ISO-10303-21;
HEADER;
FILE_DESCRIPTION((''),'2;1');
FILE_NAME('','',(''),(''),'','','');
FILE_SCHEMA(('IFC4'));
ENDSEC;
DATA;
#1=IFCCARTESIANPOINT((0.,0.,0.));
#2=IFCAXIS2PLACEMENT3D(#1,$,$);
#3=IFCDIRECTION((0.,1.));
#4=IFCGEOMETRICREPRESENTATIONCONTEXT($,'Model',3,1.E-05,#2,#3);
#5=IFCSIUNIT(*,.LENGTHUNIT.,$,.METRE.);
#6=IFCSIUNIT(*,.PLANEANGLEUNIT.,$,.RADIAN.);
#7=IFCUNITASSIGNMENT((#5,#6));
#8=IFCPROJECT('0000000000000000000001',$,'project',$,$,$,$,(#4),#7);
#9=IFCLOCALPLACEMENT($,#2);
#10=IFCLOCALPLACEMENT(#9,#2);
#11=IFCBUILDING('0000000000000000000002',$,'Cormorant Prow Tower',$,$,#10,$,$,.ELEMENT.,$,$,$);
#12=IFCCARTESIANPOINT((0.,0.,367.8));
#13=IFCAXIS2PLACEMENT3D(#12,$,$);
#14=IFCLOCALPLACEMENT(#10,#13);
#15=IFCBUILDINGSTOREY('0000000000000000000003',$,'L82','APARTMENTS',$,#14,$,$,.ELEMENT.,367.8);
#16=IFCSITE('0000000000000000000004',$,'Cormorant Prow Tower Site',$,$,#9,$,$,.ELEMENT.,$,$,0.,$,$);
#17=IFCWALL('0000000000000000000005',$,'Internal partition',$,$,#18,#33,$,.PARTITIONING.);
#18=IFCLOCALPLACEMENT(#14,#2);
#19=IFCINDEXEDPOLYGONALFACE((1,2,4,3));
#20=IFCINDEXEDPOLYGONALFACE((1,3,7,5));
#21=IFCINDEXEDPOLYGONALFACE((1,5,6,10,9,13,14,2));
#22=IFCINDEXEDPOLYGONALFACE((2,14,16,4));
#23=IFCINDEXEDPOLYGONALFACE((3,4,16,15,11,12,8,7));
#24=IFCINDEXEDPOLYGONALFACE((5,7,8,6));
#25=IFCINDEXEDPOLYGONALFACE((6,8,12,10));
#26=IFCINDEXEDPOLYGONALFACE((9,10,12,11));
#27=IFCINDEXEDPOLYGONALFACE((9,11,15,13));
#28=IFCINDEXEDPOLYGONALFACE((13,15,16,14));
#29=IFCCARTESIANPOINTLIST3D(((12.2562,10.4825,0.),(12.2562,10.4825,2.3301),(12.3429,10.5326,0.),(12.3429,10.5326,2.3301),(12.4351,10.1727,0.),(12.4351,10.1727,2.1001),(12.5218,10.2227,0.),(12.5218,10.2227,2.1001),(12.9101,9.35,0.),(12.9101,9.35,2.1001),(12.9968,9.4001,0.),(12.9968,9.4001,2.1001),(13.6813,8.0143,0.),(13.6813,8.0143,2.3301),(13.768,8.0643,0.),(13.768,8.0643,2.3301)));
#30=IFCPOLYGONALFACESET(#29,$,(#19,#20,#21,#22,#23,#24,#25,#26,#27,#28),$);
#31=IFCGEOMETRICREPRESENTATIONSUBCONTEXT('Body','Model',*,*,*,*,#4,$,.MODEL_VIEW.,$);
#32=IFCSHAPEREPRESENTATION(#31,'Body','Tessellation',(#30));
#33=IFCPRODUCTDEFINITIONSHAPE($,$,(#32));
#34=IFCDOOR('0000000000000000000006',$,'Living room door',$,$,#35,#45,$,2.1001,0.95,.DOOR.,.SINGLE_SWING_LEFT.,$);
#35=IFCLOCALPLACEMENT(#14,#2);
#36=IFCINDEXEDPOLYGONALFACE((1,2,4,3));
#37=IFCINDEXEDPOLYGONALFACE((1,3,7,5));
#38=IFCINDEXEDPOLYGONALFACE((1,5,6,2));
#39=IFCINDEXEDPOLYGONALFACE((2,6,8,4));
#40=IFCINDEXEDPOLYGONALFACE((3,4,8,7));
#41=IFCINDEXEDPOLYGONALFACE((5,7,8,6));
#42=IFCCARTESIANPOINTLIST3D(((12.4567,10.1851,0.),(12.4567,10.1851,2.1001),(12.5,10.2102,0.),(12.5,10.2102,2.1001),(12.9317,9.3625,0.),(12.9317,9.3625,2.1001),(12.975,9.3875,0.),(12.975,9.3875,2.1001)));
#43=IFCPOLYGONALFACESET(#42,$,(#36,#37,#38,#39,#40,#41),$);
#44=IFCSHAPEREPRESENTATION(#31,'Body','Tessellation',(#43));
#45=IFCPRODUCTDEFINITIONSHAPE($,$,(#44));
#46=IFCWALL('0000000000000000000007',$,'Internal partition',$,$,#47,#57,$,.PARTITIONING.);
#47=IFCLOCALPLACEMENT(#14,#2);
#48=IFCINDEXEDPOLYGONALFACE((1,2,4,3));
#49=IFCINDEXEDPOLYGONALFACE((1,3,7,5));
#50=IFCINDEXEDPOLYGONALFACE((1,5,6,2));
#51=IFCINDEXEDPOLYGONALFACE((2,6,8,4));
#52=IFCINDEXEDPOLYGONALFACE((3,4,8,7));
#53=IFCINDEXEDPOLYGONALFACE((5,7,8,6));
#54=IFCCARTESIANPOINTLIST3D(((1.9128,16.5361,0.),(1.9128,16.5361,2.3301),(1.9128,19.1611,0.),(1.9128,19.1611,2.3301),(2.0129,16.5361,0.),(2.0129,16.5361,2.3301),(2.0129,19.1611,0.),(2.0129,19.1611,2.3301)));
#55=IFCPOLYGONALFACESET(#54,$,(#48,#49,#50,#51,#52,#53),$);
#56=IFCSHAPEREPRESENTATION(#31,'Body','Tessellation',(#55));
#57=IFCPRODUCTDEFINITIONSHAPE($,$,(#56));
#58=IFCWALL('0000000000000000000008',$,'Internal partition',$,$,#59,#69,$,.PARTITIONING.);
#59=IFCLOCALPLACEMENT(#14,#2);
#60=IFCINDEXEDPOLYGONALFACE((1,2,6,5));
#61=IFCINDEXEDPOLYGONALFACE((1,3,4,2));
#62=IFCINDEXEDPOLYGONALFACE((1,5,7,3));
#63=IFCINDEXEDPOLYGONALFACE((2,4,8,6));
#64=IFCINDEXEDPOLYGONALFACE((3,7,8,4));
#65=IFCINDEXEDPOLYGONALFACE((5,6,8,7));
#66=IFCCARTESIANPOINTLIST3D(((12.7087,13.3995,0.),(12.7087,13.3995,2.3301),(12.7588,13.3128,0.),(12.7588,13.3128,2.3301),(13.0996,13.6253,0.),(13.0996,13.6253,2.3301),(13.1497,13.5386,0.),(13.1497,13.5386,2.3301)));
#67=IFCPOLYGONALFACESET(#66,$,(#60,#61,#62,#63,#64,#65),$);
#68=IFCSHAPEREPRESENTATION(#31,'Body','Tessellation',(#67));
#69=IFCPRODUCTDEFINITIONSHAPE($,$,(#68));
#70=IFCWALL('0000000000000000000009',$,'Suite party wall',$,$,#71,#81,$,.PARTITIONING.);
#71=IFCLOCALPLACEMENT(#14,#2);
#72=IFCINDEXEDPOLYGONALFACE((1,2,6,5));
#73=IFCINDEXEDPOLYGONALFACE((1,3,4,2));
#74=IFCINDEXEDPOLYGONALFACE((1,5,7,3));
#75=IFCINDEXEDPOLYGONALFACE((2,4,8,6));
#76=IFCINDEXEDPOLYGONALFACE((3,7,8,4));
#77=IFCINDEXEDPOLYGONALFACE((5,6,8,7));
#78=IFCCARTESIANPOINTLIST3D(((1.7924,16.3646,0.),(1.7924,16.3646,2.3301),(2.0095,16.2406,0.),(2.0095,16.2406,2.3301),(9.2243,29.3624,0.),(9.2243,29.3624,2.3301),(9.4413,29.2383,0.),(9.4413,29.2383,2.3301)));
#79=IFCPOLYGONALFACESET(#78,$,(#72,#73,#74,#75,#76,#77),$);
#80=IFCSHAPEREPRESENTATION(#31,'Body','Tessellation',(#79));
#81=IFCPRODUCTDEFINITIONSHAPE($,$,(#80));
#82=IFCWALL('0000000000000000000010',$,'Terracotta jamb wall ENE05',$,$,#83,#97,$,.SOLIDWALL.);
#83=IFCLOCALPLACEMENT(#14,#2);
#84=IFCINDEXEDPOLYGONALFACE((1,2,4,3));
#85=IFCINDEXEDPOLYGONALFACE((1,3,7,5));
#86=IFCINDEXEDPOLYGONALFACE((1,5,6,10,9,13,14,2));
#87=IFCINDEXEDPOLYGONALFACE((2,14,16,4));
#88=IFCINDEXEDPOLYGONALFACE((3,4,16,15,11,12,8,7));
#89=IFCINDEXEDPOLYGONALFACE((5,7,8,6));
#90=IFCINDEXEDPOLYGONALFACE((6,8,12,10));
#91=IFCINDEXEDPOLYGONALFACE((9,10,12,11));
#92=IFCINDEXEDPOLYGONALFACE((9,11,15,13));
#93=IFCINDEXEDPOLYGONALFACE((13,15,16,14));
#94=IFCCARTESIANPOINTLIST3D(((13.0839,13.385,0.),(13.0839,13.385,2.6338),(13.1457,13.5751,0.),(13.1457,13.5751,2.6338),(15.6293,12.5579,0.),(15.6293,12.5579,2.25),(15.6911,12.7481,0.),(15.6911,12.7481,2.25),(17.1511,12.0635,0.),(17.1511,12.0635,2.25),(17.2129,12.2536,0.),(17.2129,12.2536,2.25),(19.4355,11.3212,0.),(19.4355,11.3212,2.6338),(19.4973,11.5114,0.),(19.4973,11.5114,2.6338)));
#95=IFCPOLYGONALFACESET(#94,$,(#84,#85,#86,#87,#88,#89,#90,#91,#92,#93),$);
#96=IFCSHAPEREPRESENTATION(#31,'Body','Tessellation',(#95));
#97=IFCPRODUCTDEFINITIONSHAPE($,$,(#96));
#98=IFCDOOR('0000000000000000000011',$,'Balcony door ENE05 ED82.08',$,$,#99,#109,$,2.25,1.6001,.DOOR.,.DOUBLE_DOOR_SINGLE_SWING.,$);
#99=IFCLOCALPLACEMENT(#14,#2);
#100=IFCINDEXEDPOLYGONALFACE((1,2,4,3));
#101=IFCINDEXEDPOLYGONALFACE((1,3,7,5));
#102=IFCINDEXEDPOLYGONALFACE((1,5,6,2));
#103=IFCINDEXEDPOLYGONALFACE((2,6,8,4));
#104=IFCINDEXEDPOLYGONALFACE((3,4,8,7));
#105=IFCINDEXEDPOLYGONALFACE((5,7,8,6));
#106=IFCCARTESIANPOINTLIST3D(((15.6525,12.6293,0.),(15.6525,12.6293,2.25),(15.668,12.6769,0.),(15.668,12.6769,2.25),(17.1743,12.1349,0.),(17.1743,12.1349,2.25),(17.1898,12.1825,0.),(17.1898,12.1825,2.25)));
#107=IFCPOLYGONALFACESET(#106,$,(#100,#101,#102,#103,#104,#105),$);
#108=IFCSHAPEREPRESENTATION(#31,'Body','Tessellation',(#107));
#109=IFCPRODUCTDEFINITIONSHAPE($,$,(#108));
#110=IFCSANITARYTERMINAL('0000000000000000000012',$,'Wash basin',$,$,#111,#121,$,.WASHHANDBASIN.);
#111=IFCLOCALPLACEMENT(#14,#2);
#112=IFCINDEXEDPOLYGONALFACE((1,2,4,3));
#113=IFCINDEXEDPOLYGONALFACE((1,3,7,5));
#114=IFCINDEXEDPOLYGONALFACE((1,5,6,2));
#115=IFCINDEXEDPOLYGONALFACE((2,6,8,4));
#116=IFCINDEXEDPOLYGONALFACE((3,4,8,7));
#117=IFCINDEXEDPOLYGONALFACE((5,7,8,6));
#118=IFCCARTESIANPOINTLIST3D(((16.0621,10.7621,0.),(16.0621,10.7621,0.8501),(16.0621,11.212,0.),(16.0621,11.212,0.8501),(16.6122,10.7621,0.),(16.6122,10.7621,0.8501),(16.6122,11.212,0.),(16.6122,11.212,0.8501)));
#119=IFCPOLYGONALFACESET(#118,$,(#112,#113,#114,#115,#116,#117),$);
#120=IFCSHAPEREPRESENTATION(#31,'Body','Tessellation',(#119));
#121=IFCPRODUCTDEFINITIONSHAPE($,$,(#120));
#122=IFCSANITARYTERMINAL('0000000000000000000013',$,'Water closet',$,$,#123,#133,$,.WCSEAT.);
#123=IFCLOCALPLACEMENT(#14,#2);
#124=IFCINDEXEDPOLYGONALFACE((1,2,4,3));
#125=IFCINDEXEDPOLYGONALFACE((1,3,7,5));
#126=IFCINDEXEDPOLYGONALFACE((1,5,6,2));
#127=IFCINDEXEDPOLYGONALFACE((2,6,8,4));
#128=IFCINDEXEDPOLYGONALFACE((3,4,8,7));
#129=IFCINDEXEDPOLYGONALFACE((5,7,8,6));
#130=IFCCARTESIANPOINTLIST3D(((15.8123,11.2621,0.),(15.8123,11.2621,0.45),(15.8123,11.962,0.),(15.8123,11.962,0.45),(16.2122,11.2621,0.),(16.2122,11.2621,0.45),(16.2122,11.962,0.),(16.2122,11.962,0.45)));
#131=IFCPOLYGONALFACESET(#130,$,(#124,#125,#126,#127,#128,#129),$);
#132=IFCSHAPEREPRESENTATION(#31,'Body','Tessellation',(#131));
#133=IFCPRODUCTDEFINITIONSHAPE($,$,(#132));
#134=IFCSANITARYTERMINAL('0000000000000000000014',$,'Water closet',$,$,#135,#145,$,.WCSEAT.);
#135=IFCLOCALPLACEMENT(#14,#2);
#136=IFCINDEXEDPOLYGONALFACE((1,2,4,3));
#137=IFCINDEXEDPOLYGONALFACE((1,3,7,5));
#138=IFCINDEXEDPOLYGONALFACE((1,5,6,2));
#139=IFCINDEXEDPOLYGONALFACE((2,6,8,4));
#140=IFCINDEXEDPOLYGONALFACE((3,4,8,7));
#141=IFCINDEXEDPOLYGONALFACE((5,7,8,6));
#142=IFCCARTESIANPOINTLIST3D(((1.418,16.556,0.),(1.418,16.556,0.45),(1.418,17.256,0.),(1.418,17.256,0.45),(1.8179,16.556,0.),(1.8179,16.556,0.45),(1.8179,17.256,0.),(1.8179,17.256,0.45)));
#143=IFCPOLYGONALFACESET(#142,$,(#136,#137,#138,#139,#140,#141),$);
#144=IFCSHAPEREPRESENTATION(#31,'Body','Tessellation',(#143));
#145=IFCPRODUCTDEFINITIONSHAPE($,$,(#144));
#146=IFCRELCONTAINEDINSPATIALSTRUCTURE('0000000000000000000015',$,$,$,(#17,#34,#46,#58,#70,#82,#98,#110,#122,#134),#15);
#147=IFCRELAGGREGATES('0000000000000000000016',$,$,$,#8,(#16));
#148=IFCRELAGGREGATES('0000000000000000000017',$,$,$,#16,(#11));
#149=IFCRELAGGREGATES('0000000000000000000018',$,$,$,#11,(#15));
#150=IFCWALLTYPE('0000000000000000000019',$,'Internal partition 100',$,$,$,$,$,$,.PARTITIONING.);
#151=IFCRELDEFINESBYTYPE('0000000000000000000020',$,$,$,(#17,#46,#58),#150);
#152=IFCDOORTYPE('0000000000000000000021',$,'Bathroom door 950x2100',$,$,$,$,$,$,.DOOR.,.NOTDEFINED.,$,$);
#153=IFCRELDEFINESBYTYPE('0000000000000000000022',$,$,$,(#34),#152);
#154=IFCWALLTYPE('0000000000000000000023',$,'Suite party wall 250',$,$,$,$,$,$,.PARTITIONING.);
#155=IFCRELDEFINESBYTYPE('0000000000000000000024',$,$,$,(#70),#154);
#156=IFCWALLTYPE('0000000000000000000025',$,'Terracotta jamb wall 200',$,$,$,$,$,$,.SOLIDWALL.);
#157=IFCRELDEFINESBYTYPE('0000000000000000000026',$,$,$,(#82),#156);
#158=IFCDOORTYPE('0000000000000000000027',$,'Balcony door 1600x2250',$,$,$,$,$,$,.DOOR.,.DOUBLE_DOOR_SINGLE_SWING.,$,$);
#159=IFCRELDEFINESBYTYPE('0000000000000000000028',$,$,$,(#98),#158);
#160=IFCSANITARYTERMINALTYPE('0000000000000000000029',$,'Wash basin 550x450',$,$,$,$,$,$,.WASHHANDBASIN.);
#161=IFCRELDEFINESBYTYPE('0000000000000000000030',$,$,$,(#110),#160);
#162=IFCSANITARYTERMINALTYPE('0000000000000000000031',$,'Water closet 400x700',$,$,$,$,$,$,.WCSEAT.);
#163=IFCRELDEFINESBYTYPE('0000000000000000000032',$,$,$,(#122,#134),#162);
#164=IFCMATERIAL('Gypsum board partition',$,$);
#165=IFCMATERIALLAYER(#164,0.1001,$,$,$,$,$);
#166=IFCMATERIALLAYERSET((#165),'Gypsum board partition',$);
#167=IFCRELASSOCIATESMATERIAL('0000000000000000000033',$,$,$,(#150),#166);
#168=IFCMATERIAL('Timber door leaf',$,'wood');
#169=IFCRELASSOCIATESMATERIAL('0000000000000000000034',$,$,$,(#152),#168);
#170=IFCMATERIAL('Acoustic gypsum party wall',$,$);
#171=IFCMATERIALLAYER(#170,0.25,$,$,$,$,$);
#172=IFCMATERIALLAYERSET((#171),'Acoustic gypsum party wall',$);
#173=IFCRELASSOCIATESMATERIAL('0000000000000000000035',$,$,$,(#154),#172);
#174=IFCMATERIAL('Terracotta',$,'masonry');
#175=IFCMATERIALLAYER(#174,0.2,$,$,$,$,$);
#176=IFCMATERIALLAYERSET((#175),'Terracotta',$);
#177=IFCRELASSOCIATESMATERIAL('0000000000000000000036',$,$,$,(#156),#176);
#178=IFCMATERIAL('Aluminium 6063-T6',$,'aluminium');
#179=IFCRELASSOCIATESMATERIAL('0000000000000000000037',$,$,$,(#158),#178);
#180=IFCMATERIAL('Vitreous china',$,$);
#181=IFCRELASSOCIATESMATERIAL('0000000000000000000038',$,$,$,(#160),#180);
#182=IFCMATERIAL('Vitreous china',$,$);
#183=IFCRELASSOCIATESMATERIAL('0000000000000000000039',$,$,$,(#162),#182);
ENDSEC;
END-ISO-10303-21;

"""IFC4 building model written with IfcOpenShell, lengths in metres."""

from ifc_helpers import new_model, si_unit, direction, frame, frame_2d, origin, origin_2d, place, context, subcontext, project, spatial, rectangle, extrude, material, layer, layer_set, type_object, element, fill, save


model = new_model("IFC4")

# Units and contexts
model_context = context("Model", 3, precision=1e-05, world=origin(), true_north=direction((0.0, 1.0)))
body_context = subcontext(model_context, "Body", "Model", "MODEL_VIEW")
ifc_project = project(units=[si_unit("LENGTHUNIT", "METRE"), si_unit("PLANEANGLEUNIT", "RADIAN")], contexts=[model_context])

# Site, building, storey
site_placement = place(None, origin())
site = spatial("IfcSite", under=ifc_project, at=site_placement, Name="Cormorant Prow Tower Site", CompositionType="ELEMENT", RefElevation=0.0)
building_placement = place(site_placement, origin())
building = spatial("IfcBuilding", under=site, at=building_placement, Name="Cormorant Prow Tower", CompositionType="ELEMENT")
storey_placement = place(building_placement, frame((0.0, 0.0, 367.8)))
storey = spatial("IfcBuildingStorey", under=building, at=storey_placement, Name="L82", Description="APARTMENTS", CompositionType="ELEMENT", Elevation=367.8)

# Wall, opening, door
ifc_material_1 = material(Name="Gypsum board partition")
ifc_layer_1 = layer(ifc_material_1, 0.1001)
ifc_layer_set_1 = layer_set([ifc_layer_1], Name="Gypsum board partition")
wall_type_1 = type_object("IfcWallType", Name="Internal partition 100", PredefinedType="PARTITIONING", material=ifc_layer_set_1)
ifc_material_2 = material(Name="Timber door leaf", Category="wood")
door_type_1 = type_object("IfcDoorType", Name="Bathroom door 950x2100", OperationType="NOTDEFINED", PredefinedType="DOOR", material=ifc_material_2)
wall_1_placement = place(storey_placement, frame((12.2996, 10.5076, 0.0), z_axis=(0.0, 0.0, 1.0), x_axis=(0.499999, -0.866026, 0.0)))
wall_1 = element("IfcWall", 1, at=wall_1_placement, inside=storey, type_object=wall_type_1, Name="Internal partition", PredefinedType="PARTITIONING", context=body_context, shape_type="SweptSolid", body=[
    extrude(rectangle(XDim=2.8501, YDim=0.1001, at=frame_2d((1.425, 0.0))), origin(), (0.0, 0.0, 1.0), 2.3301),
])
opening_1_placement = place(wall_1_placement, frame((0.3577, 0.0, 0.0)))
opening_1 = element("IfcOpeningElement", 2, at=opening_1_placement, cuts=wall_1, PredefinedType="OPENING", context=body_context, shape_type="SweptSolid", body=[
    extrude(rectangle(XDim=0.95, YDim=2.1001, at=frame_2d((0.4751, 1.05))), frame((0.0, 0.0601, 0.0), z_axis=(0.0, -1.0, 0.0), x_axis=(1.0, 0.0, 0.0)), (0.0, 0.0, 1.0), 0.1201),
])
door_1_placement = place(opening_1_placement, origin())
door_1 = element("IfcDoor", 3, at=door_1_placement, inside=storey, type_object=door_type_1, Name="Living room door", OperationType="SINGLE_SWING_LEFT", OverallHeight=2.1001, OverallWidth=0.95, PredefinedType="DOOR", context=body_context, shape_type="SweptSolid", body=[
    extrude(rectangle(XDim=0.95, YDim=2.1001, at=frame_2d((0.4751, 1.05))), frame((0.0, 0.0249, 0.0), z_axis=(0.0, -1.0, 0.0), x_axis=(1.0, 0.0, 0.0)), (0.0, 0.0, 1.0), 0.05),
])
fill(opening_1, door_1)

# Walls
wall_2_placement = place(storey_placement, frame((1.9629, 16.5361, 0.0), z_axis=(0.0, 0.0, 1.0), x_axis=(0.0, 1.0, 0.0)))
element("IfcWall", 4, at=wall_2_placement, inside=storey, type_object=wall_type_1, Name="Internal partition", PredefinedType="PARTITIONING", context=body_context, shape_type="SweptSolid", body=[
    extrude(rectangle(XDim=2.625, YDim=0.1001, at=frame_2d((1.3125, 0.0))), origin(), (0.0, 0.0, 1.0), 2.3301),
])
wall_3_placement = place(storey_placement, frame((12.7339, 13.3562, 0.0), z_axis=(0.0, 0.0, 1.0), x_axis=(0.86587, 0.500269, 0.0)))
element("IfcWall", 5, at=wall_3_placement, inside=storey, type_object=wall_type_1, Name="Internal partition", PredefinedType="PARTITIONING", context=body_context, shape_type="SweptSolid", body=[
    extrude(rectangle(XDim=0.4514, YDim=0.1001, at=frame_2d((0.2256, 0.0))), origin(), (0.0, 0.0, 1.0), 2.3301),
])
ifc_material_3 = material(Name="Acoustic gypsum party wall")
ifc_layer_2 = layer(ifc_material_3, 0.25)
ifc_layer_set_2 = layer_set([ifc_layer_2], Name="Acoustic gypsum party wall")
wall_type_2 = type_object("IfcWallType", Name="Suite party wall 250", PredefinedType="PARTITIONING", material=ifc_layer_set_2)
wall_4_placement = place(storey_placement, frame((1.9009, 16.3025, 0.0), z_axis=(0.0, 0.0, 1.0), x_axis=(0.496369, 0.868112, 0.0)))
element("IfcWall", 6, at=wall_4_placement, inside=storey, type_object=wall_type_2, Name="Suite party wall", PredefinedType="PARTITIONING", context=body_context, shape_type="SweptSolid", body=[
    extrude(rectangle(XDim=14.9724, YDim=0.25, at=frame_2d((7.4863, 0.0))), origin(), (0.0, 0.0, 1.0), 2.3301),
])

# Wall, opening, door
ifc_material_4 = material(Name="Terracotta", Category="masonry")
ifc_layer_3 = layer(ifc_material_4, 0.2)
ifc_layer_set_3 = layer_set([ifc_layer_3], Name="Terracotta")
wall_type_3 = type_object("IfcWallType", Name="Terracotta jamb wall 200", PredefinedType="SOLIDWALL", material=ifc_layer_set_3)
wall_5_placement = place(storey_placement, frame((19.4666, 11.4163, 0.0), z_axis=(0.0, 0.0, 1.0), x_axis=(-0.951058, 0.309013, 0.0)))
wall_5 = element("IfcWall", 7, at=wall_5_placement, inside=storey, type_object=wall_type_3, Name="Terracotta jamb wall ENE05", PredefinedType="SOLIDWALL", context=body_context, shape_type="SweptSolid", body=[
    extrude(rectangle(XDim=6.6785, YDim=0.2, at=frame_2d((3.3394, 0.0))), origin(), (0.0, 0.0, 1.0), 2.6338),
])
opening_2_placement = place(wall_5_placement, frame((2.4021, 0.0, 0.0)))
opening_2 = element("IfcOpeningElement", 8, at=opening_2_placement, cuts=wall_5, PredefinedType="OPENING", context=body_context, shape_type="SweptSolid", body=[
    extrude(rectangle(XDim=1.6001, YDim=2.25, at=frame_2d((0.8, 1.125))), frame((0.0, 0.1099, 0.0), z_axis=(0.0, -1.0, 0.0), x_axis=(1.0, 0.0, 0.0)), (0.0, 0.0, 1.0), 0.22),
])
ifc_material_5 = material(Name="Aluminium 6063-T6", Category="aluminium")
door_type_2 = type_object("IfcDoorType", Name="Balcony door 1600x2250", OperationType="DOUBLE_DOOR_SINGLE_SWING", PredefinedType="DOOR", material=ifc_material_5)
door_2_placement = place(opening_2_placement, origin())
door_2 = element("IfcDoor", 9, at=door_2_placement, inside=storey, type_object=door_type_2, Name="Balcony door ENE05 ED82.08", OperationType="DOUBLE_DOOR_SINGLE_SWING", OverallHeight=2.25, OverallWidth=1.6001, PredefinedType="DOOR", context=body_context, shape_type="SweptSolid", body=[
    extrude(rectangle(XDim=1.6001, YDim=2.25, at=frame_2d((0.8, 1.125))), frame((0.0, 0.0249, 0.0), z_axis=(0.0, -1.0, 0.0), x_axis=(1.0, 0.0, 0.0)), (0.0, 0.0, 1.0), 0.05),
])
fill(opening_2, door_2)

# Sanitary terminals
ifc_material_6 = material(Name="Vitreous china")
sanitary_terminal_type_1 = type_object("IfcSanitaryTerminalType", Name="Wash basin 550x450", PredefinedType="WASHHANDBASIN", material=ifc_material_6)
sanitary_terminal_placement = place(storey_placement, frame((16.3372, 10.9871, 0.0), z_axis=(0.0, 0.0, 1.0), x_axis=(1.0, 0.0, 0.0)))
element("IfcSanitaryTerminal", 10, at=sanitary_terminal_placement, inside=storey, type_object=sanitary_terminal_type_1, Name="Wash basin", PredefinedType="WASHHANDBASIN", context=body_context, shape_type="SweptSolid", body=[
    extrude(rectangle(XDim=0.55, YDim=0.45, at=origin_2d()), origin(), (0.0, 0.0, 1.0), 0.8501),
])
ifc_material_7 = material(Name="Vitreous china")
sanitary_terminal_type_2 = type_object("IfcSanitaryTerminalType", Name="Water closet 400x700", PredefinedType="WCSEAT", material=ifc_material_7)
for number, where, z_axis, x_axis, name in (
    (11, (16.0122, 11.6121, 0.0), (0.0, 0.0, 1.0), (1.0, 0.0, 0.0), "Water closet"),
    (12, (1.6179, 16.906, 0.0), (0.0, 0.0, 1.0), (-1.0, 0.0, 0.0), "Water closet"),
):
    element("IfcSanitaryTerminal", number, at=place(storey_placement, frame(where, z_axis=z_axis, x_axis=x_axis)), inside=storey, type_object=sanitary_terminal_type_2, Name=name, PredefinedType="WCSEAT", context=body_context, shape_type="SweptSolid", body=[
        extrude(rectangle(XDim=0.3999, YDim=0.7, at=origin_2d()), origin(), (0.0, 0.0, 1.0), 0.45),
    ])

save(model, "model.ifc")
